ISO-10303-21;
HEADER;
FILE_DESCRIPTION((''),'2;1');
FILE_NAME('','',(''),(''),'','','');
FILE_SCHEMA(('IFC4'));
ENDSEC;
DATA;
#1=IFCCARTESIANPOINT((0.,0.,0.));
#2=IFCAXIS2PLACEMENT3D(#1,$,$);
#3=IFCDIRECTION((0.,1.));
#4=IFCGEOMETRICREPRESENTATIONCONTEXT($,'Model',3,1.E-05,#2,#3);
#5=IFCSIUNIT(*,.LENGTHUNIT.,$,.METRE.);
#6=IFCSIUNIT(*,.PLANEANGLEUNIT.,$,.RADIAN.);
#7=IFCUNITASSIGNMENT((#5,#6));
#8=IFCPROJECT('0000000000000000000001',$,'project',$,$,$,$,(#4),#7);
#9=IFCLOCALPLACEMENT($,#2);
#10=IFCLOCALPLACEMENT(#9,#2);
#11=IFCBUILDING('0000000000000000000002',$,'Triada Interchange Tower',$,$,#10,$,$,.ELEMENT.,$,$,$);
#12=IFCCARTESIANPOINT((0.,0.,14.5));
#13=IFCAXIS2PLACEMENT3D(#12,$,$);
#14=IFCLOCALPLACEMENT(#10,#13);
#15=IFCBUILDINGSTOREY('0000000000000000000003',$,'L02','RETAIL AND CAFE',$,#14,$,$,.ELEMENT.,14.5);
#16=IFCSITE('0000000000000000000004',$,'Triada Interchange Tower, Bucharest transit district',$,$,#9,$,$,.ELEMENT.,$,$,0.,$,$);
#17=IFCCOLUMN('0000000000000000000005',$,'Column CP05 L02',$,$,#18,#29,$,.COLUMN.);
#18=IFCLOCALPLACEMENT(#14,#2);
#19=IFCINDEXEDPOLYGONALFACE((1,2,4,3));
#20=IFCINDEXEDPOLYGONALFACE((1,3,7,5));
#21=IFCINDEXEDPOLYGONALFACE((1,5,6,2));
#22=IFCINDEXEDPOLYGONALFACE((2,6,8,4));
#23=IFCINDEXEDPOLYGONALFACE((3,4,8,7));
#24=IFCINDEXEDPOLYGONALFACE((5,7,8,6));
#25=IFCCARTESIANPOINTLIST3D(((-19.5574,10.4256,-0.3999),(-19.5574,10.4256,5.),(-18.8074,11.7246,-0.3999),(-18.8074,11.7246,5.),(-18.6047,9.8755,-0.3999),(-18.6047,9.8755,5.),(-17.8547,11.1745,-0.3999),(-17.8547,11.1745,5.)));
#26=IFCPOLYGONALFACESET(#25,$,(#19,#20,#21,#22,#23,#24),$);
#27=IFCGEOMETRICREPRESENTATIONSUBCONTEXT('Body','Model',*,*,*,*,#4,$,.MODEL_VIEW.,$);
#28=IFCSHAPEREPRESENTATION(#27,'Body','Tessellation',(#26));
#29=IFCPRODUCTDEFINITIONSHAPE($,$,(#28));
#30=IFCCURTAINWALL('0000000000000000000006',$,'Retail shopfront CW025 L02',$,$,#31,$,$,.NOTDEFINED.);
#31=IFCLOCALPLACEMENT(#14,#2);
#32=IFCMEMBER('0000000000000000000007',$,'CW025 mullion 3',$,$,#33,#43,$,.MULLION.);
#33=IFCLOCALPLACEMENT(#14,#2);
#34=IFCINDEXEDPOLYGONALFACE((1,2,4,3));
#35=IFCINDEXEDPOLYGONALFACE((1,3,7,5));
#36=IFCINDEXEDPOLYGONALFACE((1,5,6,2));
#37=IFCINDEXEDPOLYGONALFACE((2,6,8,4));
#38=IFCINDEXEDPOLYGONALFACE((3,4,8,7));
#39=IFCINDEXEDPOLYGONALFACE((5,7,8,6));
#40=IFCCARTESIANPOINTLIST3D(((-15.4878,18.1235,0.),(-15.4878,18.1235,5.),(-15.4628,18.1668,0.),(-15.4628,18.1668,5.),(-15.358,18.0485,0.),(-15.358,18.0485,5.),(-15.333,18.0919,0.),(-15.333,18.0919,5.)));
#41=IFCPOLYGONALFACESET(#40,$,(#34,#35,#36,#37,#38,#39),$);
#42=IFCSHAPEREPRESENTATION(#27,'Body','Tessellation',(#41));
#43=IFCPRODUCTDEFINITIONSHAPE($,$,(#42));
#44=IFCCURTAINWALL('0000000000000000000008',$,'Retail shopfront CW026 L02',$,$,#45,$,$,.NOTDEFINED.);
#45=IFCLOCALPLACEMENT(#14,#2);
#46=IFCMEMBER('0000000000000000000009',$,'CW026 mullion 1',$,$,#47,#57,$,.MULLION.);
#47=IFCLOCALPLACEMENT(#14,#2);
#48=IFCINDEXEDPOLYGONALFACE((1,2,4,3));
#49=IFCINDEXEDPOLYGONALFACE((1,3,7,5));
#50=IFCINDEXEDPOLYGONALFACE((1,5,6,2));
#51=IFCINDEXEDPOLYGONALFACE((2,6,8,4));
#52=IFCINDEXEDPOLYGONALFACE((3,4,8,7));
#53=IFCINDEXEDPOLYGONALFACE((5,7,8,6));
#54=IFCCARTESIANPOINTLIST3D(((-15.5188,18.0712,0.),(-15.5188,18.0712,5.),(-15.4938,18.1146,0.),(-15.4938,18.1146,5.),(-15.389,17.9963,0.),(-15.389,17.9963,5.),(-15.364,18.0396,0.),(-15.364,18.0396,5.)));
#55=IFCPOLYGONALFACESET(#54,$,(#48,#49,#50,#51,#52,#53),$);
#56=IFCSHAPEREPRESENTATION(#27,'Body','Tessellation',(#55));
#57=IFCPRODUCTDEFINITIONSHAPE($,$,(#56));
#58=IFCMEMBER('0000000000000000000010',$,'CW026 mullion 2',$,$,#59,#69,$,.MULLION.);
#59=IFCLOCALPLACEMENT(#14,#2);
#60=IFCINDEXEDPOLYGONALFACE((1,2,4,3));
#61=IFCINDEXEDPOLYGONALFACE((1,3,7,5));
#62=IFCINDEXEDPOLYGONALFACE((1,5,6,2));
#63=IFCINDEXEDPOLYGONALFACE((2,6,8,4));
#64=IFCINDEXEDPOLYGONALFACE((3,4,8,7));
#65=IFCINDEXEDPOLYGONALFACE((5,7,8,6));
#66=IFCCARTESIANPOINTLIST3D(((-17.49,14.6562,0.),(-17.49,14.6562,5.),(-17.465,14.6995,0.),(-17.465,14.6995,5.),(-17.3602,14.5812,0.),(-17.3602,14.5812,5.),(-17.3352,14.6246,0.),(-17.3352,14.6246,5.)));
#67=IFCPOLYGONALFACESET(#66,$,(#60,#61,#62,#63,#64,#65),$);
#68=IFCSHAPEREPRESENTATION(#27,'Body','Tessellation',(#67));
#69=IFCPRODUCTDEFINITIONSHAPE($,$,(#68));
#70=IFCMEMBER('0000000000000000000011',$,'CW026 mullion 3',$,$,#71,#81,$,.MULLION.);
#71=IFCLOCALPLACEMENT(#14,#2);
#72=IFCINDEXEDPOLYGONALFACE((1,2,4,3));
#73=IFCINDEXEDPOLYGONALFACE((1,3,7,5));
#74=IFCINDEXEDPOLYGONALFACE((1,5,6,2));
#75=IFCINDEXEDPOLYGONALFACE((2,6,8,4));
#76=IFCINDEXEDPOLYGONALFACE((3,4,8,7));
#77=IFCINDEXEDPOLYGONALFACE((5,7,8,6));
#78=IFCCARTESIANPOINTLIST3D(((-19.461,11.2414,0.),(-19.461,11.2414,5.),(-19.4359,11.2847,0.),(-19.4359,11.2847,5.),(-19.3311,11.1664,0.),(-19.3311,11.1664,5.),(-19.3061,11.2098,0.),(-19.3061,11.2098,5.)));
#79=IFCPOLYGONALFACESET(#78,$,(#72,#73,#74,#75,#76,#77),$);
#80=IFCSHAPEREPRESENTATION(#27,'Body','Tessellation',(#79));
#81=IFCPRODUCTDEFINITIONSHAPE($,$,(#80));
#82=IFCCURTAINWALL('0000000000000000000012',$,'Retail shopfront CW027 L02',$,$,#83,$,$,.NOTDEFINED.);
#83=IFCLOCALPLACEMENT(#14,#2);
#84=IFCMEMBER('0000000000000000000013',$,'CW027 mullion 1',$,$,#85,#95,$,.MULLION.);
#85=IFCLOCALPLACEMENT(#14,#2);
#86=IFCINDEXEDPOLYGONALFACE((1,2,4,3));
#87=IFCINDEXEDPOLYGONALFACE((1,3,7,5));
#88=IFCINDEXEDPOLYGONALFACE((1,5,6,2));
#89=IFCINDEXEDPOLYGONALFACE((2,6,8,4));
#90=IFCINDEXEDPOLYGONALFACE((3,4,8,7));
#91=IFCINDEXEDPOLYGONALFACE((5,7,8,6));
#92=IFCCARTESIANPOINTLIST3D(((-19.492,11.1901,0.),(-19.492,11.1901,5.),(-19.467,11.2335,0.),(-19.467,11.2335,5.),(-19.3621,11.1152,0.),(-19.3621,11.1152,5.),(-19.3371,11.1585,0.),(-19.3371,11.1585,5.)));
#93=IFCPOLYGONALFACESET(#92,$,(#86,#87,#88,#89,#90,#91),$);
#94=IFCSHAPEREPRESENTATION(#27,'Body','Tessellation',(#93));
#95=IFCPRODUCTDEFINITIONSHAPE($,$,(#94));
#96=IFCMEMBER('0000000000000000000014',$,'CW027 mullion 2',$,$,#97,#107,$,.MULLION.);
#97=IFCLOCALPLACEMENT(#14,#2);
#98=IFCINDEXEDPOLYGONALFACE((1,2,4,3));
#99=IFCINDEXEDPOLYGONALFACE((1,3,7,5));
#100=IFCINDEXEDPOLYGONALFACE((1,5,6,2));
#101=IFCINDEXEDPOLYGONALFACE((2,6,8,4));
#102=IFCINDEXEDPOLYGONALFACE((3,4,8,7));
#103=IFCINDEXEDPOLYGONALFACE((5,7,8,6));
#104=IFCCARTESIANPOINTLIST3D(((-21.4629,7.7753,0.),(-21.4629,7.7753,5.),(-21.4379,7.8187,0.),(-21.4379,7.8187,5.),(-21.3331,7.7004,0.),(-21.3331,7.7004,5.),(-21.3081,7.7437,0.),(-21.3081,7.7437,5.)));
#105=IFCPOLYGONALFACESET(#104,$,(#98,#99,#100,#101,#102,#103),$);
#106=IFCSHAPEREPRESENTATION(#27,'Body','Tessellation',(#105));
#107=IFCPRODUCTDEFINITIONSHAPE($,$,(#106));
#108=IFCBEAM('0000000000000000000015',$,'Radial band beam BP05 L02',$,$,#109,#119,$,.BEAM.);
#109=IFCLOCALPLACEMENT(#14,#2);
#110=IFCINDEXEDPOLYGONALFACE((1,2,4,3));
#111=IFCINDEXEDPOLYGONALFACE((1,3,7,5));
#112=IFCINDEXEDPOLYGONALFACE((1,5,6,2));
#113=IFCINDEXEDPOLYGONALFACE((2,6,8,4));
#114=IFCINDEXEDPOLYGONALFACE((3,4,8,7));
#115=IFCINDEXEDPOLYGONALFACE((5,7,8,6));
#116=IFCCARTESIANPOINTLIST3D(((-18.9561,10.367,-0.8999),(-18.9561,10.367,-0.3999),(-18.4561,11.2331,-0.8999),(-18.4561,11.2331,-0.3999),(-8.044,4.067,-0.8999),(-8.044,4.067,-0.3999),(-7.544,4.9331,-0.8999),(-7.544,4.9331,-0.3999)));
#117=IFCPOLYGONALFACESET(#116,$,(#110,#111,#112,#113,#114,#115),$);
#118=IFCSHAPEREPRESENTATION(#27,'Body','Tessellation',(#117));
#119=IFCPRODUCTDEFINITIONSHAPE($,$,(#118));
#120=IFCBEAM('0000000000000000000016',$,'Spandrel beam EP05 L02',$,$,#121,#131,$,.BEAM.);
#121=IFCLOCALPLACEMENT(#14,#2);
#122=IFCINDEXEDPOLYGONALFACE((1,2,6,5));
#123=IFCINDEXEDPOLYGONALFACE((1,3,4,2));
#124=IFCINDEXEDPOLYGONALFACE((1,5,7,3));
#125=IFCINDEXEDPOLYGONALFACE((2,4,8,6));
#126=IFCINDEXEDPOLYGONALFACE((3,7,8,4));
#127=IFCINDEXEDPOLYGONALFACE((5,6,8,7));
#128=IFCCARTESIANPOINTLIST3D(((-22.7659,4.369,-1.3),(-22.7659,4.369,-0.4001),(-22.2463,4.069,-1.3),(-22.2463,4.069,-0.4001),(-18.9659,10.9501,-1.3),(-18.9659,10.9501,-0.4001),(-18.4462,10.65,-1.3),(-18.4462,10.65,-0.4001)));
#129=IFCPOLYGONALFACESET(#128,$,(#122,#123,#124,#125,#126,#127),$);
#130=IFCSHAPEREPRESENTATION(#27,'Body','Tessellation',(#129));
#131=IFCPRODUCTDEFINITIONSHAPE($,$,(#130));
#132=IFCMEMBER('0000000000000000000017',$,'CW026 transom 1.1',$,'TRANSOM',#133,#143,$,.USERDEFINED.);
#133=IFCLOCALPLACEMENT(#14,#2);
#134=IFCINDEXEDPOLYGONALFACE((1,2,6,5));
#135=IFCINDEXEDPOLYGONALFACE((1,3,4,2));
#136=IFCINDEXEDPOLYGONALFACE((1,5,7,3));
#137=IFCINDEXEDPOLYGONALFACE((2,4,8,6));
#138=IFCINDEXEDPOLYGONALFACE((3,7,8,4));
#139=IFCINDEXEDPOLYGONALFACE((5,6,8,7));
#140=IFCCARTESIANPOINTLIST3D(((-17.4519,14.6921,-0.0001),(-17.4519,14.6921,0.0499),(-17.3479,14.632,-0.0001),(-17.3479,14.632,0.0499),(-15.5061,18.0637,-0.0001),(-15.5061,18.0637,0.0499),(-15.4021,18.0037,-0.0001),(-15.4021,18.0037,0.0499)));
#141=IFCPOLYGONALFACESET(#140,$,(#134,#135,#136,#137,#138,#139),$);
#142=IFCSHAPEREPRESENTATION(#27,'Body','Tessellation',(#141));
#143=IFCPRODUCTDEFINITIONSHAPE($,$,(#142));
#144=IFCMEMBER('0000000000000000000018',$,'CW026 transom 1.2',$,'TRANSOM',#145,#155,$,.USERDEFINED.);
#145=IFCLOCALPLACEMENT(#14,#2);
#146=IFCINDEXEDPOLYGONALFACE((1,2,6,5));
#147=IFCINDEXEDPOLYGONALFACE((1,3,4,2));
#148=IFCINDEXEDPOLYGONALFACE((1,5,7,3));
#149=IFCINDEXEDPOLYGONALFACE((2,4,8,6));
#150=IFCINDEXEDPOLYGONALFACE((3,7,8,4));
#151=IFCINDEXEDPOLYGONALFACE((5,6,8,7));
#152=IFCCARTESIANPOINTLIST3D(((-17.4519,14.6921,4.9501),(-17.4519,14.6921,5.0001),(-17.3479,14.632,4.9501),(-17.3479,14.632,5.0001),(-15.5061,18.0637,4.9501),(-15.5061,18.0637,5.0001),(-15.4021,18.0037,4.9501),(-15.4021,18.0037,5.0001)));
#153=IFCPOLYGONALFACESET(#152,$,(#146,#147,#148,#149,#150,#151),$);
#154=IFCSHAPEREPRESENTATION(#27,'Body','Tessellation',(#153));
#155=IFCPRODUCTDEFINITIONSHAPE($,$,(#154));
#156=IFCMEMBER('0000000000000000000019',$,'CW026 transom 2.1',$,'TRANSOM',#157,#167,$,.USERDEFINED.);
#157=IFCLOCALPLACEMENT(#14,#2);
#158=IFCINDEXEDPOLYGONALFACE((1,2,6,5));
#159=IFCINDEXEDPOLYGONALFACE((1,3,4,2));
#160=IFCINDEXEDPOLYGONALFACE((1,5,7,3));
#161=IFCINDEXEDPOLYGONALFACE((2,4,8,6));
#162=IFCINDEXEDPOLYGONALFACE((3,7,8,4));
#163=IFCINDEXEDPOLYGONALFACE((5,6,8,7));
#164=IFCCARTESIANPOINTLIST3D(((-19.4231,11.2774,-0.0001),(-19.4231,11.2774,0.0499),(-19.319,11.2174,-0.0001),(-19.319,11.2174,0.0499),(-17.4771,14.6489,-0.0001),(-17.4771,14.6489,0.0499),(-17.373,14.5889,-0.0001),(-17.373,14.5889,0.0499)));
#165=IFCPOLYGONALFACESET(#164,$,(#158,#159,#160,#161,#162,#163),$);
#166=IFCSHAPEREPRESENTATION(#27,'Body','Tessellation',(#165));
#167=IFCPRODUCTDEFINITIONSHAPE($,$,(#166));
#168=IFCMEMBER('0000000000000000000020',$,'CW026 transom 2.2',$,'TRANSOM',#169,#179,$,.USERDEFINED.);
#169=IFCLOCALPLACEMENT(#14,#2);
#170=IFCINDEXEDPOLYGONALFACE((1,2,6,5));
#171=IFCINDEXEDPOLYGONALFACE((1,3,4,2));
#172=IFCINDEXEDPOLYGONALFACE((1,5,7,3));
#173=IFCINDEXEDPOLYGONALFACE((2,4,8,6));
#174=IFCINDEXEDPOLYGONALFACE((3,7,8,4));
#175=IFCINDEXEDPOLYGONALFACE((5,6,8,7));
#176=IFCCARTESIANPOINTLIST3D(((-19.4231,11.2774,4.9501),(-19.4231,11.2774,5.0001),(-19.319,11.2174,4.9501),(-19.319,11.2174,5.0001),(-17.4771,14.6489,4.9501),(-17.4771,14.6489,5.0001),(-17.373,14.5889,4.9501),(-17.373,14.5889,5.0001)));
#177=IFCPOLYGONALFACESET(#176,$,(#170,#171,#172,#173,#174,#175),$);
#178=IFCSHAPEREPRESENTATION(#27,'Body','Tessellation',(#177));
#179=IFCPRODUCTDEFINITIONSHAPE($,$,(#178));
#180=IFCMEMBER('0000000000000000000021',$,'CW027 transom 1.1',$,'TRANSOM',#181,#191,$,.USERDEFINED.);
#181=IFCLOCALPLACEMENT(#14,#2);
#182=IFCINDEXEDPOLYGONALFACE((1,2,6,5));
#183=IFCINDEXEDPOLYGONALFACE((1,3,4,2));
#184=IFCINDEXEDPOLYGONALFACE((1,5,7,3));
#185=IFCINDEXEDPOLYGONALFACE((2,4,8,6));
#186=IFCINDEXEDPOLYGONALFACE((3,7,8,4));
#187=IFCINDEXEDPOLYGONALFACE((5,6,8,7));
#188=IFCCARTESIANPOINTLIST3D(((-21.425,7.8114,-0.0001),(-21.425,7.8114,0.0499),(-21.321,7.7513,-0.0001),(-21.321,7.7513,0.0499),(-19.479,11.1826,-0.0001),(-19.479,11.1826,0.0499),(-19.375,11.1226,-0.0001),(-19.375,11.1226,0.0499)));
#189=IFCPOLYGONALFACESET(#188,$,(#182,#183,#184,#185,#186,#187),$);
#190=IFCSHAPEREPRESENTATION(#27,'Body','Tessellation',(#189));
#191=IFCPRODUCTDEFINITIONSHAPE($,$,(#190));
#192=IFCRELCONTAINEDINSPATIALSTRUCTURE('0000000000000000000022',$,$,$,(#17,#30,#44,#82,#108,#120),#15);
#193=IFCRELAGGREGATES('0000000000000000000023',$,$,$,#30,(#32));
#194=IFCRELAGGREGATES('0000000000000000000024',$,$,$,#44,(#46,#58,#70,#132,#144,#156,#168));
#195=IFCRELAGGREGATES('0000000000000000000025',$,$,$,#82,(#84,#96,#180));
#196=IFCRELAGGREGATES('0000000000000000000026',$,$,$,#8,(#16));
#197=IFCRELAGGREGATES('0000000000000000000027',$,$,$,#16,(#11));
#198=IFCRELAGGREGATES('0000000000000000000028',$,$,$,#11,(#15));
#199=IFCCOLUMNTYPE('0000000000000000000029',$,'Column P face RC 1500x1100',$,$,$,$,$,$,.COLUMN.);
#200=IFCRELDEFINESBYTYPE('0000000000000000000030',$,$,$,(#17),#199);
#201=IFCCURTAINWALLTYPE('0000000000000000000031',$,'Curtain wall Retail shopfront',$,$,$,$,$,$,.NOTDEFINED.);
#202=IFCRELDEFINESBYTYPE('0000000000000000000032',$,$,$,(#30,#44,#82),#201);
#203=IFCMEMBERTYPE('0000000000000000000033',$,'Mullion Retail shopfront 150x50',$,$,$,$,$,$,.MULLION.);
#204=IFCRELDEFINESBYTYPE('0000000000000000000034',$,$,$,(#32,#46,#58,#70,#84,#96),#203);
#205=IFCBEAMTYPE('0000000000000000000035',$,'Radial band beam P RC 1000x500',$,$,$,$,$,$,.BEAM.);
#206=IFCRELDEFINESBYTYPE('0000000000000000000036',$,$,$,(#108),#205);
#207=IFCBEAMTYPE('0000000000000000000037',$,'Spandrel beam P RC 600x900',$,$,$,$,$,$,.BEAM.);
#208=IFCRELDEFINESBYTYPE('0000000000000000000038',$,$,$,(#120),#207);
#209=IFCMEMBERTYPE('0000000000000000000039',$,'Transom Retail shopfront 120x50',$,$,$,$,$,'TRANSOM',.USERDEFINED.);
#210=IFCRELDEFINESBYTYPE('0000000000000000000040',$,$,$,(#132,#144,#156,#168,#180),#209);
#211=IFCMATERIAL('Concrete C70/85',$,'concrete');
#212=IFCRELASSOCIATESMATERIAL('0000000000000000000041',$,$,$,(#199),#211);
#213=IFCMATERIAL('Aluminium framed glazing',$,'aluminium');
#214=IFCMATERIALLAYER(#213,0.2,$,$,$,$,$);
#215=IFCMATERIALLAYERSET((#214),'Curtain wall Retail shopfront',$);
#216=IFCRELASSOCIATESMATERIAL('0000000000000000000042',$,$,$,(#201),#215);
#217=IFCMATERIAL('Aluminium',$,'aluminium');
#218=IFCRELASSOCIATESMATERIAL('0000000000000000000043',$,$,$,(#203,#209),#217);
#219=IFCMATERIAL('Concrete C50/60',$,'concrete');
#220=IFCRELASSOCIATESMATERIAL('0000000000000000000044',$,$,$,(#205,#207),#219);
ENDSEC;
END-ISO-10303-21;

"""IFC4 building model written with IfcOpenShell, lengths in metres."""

from ifc_helpers import new_model, si_unit, direction, frame, origin, origin_2d, place, context, subcontext, project, spatial, rectangle, extrude, material, layer, layer_set, material_profile, profile_set, type_object, element, aggregate, save


model = new_model("IFC4")

# Units and contexts
model_context = context("Model", 3, precision=1e-05, world=origin(), true_north=direction((0.0, 1.0)))
body_context = subcontext(model_context, "Body", "Model", "MODEL_VIEW")
ifc_project = project(units=[si_unit("LENGTHUNIT", "METRE"), si_unit("PLANEANGLEUNIT", "RADIAN")], contexts=[model_context])

# Site, building, storey
site_placement = place(None, origin())
site = spatial("IfcSite", under=ifc_project, at=site_placement, Name="Triada Interchange Tower, Bucharest transit district", CompositionType="ELEMENT", RefElevation=0.0)
building_placement = place(site_placement, origin())
building = spatial("IfcBuilding", under=site, at=building_placement, Name="Triada Interchange Tower", CompositionType="ELEMENT")
storey_placement = place(building_placement, frame((0.0, 0.0, 14.5)))
storey = spatial("IfcBuildingStorey", under=building, at=storey_placement, Name="L02", Description="RETAIL AND CAFE", CompositionType="ELEMENT", Elevation=14.5)

# Column
ifc_material_1 = material(Name="Concrete C70/85", Category="concrete")
ifc_material_profile_1 = material_profile(ifc_material_1, rectangle(XDim=1.5, YDim=1.1001, at=origin_2d()), Name="RC 1500x1100")
ifc_profile_set_1 = profile_set([ifc_material_profile_1], Name="Concrete C70/85")
column_type = type_object("IfcColumnType", Name="Column P face RC 1500x1100", PredefinedType="COLUMN", material=ifc_profile_set_1)
column_placement = place(storey_placement, frame((-18.7061, 10.8, -0.3999), z_axis=(0.0, 0.0, 1.0), x_axis=(0.5, 0.866025, 0.0)))
element("IfcColumn", 1, at=column_placement, inside=storey, type_object=column_type, Name="Column CP05 L02", PredefinedType="COLUMN", context=body_context, shape_type="SweptSolid", body=[
    extrude(rectangle(XDim=1.5, YDim=1.1001, at=origin_2d()), origin(), (0.0, 0.0, 1.0), 5.3999),
])

# Curtain wall, member
ifc_material_2 = material(Name="Aluminium framed glazing", Category="aluminium")
ifc_layer_1 = layer(ifc_material_2, 0.2)
ifc_layer_set_1 = layer_set([ifc_layer_1], Name="Curtain wall Retail shopfront")
curtain_wall_type = type_object("IfcCurtainWallType", Name="Curtain wall Retail shopfront", PredefinedType="NOTDEFINED", material=ifc_layer_set_1)
curtain_wall_1_placement = place(storey_placement, origin())
curtain_wall_1 = element("IfcCurtainWall", 2, at=curtain_wall_1_placement, inside=storey, type_object=curtain_wall_type, Name="Retail shopfront CW025 L02", PredefinedType="NOTDEFINED")
ifc_material_3 = material(Name="Aluminium", Category="aluminium")
ifc_material_profile_2 = material_profile(ifc_material_3, rectangle(XDim=0.1499, YDim=0.05, at=origin_2d()), Name="Aluminium mullion")
ifc_profile_set_2 = profile_set([ifc_material_profile_2], Name="Aluminium")
member_type_1 = type_object("IfcMemberType", Name="Mullion Retail shopfront 150x50", PredefinedType="MULLION", material=ifc_profile_set_2)
member_1_placement = place(storey_placement, frame((-15.4104, 18.1077, 0.0), z_axis=(0.0, 0.0, 1.0), x_axis=(0.866055, -0.499948, 0.0)))
member_1 = element("IfcMember", 3, at=member_1_placement, type_object=member_type_1, Name="CW025 mullion 3", PredefinedType="MULLION", context=body_context, shape_type="SweptSolid", body=[
    extrude(rectangle(XDim=0.1499, YDim=0.05, at=origin_2d()), origin(), (0.0, 0.0, 1.0), 5.0),
])
aggregate(curtain_wall_1, [member_1])

# Curtain walls, members
curtain_wall_2_placement = place(storey_placement, origin())
curtain_wall_2 = element("IfcCurtainWall", 4, at=curtain_wall_2_placement, inside=storey, type_object=curtain_wall_type, Name="Retail shopfront CW026 L02", PredefinedType="NOTDEFINED")
member_2_placement = place(storey_placement, frame((-15.4414, 18.0554, 0.0), z_axis=(0.0, 0.0, 1.0), x_axis=(0.866087, -0.499893, 0.0)))
member_2 = element("IfcMember", 5, at=member_2_placement, type_object=member_type_1, Name="CW026 mullion 1", PredefinedType="MULLION", context=body_context, shape_type="SweptSolid", body=[
    extrude(rectangle(XDim=0.1499, YDim=0.05, at=origin_2d()), origin(), (0.0, 0.0, 1.0), 5.0),
])
member_3_placement = place(storey_placement, frame((-17.4126, 14.6404, 0.0), z_axis=(0.0, 0.0, 1.0), x_axis=(0.866087, -0.499893, 0.0)))
member_3 = element("IfcMember", 6, at=member_3_placement, type_object=member_type_1, Name="CW026 mullion 2", PredefinedType="MULLION", context=body_context, shape_type="SweptSolid", body=[
    extrude(rectangle(XDim=0.1499, YDim=0.05, at=origin_2d()), origin(), (0.0, 0.0, 1.0), 5.0),
])
member_4_placement = place(storey_placement, frame((-19.3835, 11.2256, 0.0), z_axis=(0.0, 0.0, 1.0), x_axis=(0.866087, -0.499893, 0.0)))
member_4 = element("IfcMember", 7, at=member_4_placement, type_object=member_type_1, Name="CW026 mullion 3", PredefinedType="MULLION", context=body_context, shape_type="SweptSolid", body=[
    extrude(rectangle(XDim=0.1499, YDim=0.05, at=origin_2d()), origin(), (0.0, 0.0, 1.0), 5.0),
])
curtain_wall_3_placement = place(storey_placement, origin())
curtain_wall_3 = element("IfcCurtainWall", 8, at=curtain_wall_3_placement, inside=storey, type_object=curtain_wall_type, Name="Retail shopfront CW027 L02", PredefinedType="NOTDEFINED")
member_5_placement = place(storey_placement, frame((-19.4146, 11.1743, 0.0), z_axis=(0.0, 0.0, 1.0), x_axis=(0.866087, -0.499893, 0.0)))
member_5 = element("IfcMember", 9, at=member_5_placement, type_object=member_type_1, Name="CW027 mullion 1", PredefinedType="MULLION", context=body_context, shape_type="SweptSolid", body=[
    extrude(rectangle(XDim=0.1499, YDim=0.05, at=origin_2d()), origin(), (0.0, 0.0, 1.0), 5.0),
])
member_6_placement = place(storey_placement, frame((-21.3855, 7.7595, 0.0), z_axis=(0.0, 0.0, 1.0), x_axis=(0.866087, -0.499893, 0.0)))
member_6 = element("IfcMember", 10, at=member_6_placement, type_object=member_type_1, Name="CW027 mullion 2", PredefinedType="MULLION", context=body_context, shape_type="SweptSolid", body=[
    extrude(rectangle(XDim=0.1499, YDim=0.05, at=origin_2d()), origin(), (0.0, 0.0, 1.0), 5.0),
])

# Beams
ifc_material_4 = material(Name="Concrete C50/60", Category="concrete")
ifc_material_profile_3 = material_profile(ifc_material_4, rectangle(XDim=1.0, YDim=0.5, at=origin_2d()), Name="RC 1000x500")
ifc_profile_set_3 = profile_set([ifc_material_profile_3], Name="Concrete C50/60")
beam_type_1 = type_object("IfcBeamType", Name="Radial band beam P RC 1000x500", PredefinedType="BEAM", material=ifc_profile_set_3)
beam_1_placement = place(storey_placement, frame((-18.7061, 10.8, -0.6499), z_axis=(0.866027, -0.499996, 0.0), x_axis=(0.499996, 0.866027, 0.0)))
element("IfcBeam", 11, at=beam_1_placement, inside=storey, type_object=beam_type_1, Name="Radial band beam BP05 L02", PredefinedType="BEAM", context=body_context, shape_type="SweptSolid", body=[
    extrude(rectangle(XDim=1.0, YDim=0.5, at=origin_2d()), origin(), (0.0, 0.0, 1.0), 12.6001),
])
ifc_material_profile_4 = material_profile(ifc_material_4, rectangle(XDim=0.6001, YDim=0.8999, at=origin_2d()), Name="RC 600x900")
ifc_profile_set_4 = profile_set([ifc_material_profile_4], Name="Concrete C50/60")
beam_type_2 = type_object("IfcBeamType", Name="Spandrel beam P RC 600x900", PredefinedType="BEAM", material=ifc_profile_set_4)
beam_2_placement = place(storey_placement, frame((-18.7061, 10.8, -0.8501), z_axis=(-0.500047, -0.865998, 0.0), x_axis=(0.865998, -0.500047, 0.0)))
element("IfcBeam", 12, at=beam_2_placement, inside=storey, type_object=beam_type_2, Name="Spandrel beam EP05 L02", PredefinedType="BEAM", context=body_context, shape_type="SweptSolid", body=[
    extrude(rectangle(XDim=0.6001, YDim=0.8999, at=origin_2d()), origin(), (0.0, 0.0, 1.0), 7.5994),
])

# Members
ifc_material_profile_5 = material_profile(ifc_material_3, rectangle(XDim=0.1201, YDim=0.05, at=origin_2d()), Name="Aluminium transom")
ifc_profile_set_5 = profile_set([ifc_material_profile_5], Name="Aluminium")
member_type_2 = type_object("IfcMemberType", Name="Transom Retail shopfront 120x50", ElementType="TRANSOM", PredefinedType="USERDEFINED", material=ifc_profile_set_5)
member_7_placement = place(storey_placement, frame((-15.4541, 18.0337, 0.0249), z_axis=(-0.499849, -0.866112, 0.0), x_axis=(0.866112, -0.499849, 0.0)))
member_7 = element("IfcMember", 13, at=member_7_placement, type_object=member_type_2, Name="CW026 transom 1.1", ObjectType="TRANSOM", PredefinedType="USERDEFINED", context=body_context, shape_type="SweptSolid", body=[
    extrude(rectangle(XDim=0.1201, YDim=0.05, at=origin_2d()), origin(), (0.0, 0.0, 1.0), 3.8928),
])
member_8_placement = place(storey_placement, frame((-15.4541, 18.0337, 4.9751), z_axis=(-0.499849, -0.866112, 0.0), x_axis=(0.866112, -0.499849, 0.0)))
member_8 = element("IfcMember", 14, at=member_8_placement, type_object=member_type_2, Name="CW026 transom 1.2", ObjectType="TRANSOM", PredefinedType="USERDEFINED", context=body_context, shape_type="SweptSolid", body=[
    extrude(rectangle(XDim=0.1201, YDim=0.05, at=origin_2d()), origin(), (0.0, 0.0, 1.0), 3.8928),
])
member_9_placement = place(storey_placement, frame((-17.425, 14.6189, 0.0249), z_axis=(-0.499896, -0.866085, 0.0), x_axis=(0.866085, -0.499896, 0.0)))
member_9 = element("IfcMember", 15, at=member_9_placement, type_object=member_type_2, Name="CW026 transom 2.1", ObjectType="TRANSOM", PredefinedType="USERDEFINED", context=body_context, shape_type="SweptSolid", body=[
    extrude(rectangle(XDim=0.1201, YDim=0.05, at=origin_2d()), origin(), (0.0, 0.0, 1.0), 3.8928),
])
member_10_placement = place(storey_placement, frame((-17.425, 14.6189, 4.9751), z_axis=(-0.499896, -0.866085, 0.0), x_axis=(0.866085, -0.499896, 0.0)))
member_10 = element("IfcMember", 16, at=member_10_placement, type_object=member_type_2, Name="CW026 transom 2.2", ObjectType="TRANSOM", PredefinedType="USERDEFINED", context=body_context, shape_type="SweptSolid", body=[
    extrude(rectangle(XDim=0.1201, YDim=0.05, at=origin_2d()), origin(), (0.0, 0.0, 1.0), 3.8928),
])
member_11_placement = place(storey_placement, frame((-19.427, 11.1526, 0.0249), z_axis=(-0.499923, -0.86607, 0.0), x_axis=(0.86607, -0.499923, 0.0)))
member_11 = element("IfcMember", 17, at=member_11_placement, type_object=member_type_2, Name="CW027 transom 1.1", ObjectType="TRANSOM", PredefinedType="USERDEFINED", context=body_context, shape_type="SweptSolid", body=[
    extrude(rectangle(XDim=0.1201, YDim=0.05, at=origin_2d()), origin(), (0.0, 0.0, 1.0), 3.8926),
])

aggregate(curtain_wall_2, [member_2, member_3, member_4, member_7, member_8, member_9, member_10])
aggregate(curtain_wall_3, [member_5, member_6, member_11])

save(model, "model.ifc")
